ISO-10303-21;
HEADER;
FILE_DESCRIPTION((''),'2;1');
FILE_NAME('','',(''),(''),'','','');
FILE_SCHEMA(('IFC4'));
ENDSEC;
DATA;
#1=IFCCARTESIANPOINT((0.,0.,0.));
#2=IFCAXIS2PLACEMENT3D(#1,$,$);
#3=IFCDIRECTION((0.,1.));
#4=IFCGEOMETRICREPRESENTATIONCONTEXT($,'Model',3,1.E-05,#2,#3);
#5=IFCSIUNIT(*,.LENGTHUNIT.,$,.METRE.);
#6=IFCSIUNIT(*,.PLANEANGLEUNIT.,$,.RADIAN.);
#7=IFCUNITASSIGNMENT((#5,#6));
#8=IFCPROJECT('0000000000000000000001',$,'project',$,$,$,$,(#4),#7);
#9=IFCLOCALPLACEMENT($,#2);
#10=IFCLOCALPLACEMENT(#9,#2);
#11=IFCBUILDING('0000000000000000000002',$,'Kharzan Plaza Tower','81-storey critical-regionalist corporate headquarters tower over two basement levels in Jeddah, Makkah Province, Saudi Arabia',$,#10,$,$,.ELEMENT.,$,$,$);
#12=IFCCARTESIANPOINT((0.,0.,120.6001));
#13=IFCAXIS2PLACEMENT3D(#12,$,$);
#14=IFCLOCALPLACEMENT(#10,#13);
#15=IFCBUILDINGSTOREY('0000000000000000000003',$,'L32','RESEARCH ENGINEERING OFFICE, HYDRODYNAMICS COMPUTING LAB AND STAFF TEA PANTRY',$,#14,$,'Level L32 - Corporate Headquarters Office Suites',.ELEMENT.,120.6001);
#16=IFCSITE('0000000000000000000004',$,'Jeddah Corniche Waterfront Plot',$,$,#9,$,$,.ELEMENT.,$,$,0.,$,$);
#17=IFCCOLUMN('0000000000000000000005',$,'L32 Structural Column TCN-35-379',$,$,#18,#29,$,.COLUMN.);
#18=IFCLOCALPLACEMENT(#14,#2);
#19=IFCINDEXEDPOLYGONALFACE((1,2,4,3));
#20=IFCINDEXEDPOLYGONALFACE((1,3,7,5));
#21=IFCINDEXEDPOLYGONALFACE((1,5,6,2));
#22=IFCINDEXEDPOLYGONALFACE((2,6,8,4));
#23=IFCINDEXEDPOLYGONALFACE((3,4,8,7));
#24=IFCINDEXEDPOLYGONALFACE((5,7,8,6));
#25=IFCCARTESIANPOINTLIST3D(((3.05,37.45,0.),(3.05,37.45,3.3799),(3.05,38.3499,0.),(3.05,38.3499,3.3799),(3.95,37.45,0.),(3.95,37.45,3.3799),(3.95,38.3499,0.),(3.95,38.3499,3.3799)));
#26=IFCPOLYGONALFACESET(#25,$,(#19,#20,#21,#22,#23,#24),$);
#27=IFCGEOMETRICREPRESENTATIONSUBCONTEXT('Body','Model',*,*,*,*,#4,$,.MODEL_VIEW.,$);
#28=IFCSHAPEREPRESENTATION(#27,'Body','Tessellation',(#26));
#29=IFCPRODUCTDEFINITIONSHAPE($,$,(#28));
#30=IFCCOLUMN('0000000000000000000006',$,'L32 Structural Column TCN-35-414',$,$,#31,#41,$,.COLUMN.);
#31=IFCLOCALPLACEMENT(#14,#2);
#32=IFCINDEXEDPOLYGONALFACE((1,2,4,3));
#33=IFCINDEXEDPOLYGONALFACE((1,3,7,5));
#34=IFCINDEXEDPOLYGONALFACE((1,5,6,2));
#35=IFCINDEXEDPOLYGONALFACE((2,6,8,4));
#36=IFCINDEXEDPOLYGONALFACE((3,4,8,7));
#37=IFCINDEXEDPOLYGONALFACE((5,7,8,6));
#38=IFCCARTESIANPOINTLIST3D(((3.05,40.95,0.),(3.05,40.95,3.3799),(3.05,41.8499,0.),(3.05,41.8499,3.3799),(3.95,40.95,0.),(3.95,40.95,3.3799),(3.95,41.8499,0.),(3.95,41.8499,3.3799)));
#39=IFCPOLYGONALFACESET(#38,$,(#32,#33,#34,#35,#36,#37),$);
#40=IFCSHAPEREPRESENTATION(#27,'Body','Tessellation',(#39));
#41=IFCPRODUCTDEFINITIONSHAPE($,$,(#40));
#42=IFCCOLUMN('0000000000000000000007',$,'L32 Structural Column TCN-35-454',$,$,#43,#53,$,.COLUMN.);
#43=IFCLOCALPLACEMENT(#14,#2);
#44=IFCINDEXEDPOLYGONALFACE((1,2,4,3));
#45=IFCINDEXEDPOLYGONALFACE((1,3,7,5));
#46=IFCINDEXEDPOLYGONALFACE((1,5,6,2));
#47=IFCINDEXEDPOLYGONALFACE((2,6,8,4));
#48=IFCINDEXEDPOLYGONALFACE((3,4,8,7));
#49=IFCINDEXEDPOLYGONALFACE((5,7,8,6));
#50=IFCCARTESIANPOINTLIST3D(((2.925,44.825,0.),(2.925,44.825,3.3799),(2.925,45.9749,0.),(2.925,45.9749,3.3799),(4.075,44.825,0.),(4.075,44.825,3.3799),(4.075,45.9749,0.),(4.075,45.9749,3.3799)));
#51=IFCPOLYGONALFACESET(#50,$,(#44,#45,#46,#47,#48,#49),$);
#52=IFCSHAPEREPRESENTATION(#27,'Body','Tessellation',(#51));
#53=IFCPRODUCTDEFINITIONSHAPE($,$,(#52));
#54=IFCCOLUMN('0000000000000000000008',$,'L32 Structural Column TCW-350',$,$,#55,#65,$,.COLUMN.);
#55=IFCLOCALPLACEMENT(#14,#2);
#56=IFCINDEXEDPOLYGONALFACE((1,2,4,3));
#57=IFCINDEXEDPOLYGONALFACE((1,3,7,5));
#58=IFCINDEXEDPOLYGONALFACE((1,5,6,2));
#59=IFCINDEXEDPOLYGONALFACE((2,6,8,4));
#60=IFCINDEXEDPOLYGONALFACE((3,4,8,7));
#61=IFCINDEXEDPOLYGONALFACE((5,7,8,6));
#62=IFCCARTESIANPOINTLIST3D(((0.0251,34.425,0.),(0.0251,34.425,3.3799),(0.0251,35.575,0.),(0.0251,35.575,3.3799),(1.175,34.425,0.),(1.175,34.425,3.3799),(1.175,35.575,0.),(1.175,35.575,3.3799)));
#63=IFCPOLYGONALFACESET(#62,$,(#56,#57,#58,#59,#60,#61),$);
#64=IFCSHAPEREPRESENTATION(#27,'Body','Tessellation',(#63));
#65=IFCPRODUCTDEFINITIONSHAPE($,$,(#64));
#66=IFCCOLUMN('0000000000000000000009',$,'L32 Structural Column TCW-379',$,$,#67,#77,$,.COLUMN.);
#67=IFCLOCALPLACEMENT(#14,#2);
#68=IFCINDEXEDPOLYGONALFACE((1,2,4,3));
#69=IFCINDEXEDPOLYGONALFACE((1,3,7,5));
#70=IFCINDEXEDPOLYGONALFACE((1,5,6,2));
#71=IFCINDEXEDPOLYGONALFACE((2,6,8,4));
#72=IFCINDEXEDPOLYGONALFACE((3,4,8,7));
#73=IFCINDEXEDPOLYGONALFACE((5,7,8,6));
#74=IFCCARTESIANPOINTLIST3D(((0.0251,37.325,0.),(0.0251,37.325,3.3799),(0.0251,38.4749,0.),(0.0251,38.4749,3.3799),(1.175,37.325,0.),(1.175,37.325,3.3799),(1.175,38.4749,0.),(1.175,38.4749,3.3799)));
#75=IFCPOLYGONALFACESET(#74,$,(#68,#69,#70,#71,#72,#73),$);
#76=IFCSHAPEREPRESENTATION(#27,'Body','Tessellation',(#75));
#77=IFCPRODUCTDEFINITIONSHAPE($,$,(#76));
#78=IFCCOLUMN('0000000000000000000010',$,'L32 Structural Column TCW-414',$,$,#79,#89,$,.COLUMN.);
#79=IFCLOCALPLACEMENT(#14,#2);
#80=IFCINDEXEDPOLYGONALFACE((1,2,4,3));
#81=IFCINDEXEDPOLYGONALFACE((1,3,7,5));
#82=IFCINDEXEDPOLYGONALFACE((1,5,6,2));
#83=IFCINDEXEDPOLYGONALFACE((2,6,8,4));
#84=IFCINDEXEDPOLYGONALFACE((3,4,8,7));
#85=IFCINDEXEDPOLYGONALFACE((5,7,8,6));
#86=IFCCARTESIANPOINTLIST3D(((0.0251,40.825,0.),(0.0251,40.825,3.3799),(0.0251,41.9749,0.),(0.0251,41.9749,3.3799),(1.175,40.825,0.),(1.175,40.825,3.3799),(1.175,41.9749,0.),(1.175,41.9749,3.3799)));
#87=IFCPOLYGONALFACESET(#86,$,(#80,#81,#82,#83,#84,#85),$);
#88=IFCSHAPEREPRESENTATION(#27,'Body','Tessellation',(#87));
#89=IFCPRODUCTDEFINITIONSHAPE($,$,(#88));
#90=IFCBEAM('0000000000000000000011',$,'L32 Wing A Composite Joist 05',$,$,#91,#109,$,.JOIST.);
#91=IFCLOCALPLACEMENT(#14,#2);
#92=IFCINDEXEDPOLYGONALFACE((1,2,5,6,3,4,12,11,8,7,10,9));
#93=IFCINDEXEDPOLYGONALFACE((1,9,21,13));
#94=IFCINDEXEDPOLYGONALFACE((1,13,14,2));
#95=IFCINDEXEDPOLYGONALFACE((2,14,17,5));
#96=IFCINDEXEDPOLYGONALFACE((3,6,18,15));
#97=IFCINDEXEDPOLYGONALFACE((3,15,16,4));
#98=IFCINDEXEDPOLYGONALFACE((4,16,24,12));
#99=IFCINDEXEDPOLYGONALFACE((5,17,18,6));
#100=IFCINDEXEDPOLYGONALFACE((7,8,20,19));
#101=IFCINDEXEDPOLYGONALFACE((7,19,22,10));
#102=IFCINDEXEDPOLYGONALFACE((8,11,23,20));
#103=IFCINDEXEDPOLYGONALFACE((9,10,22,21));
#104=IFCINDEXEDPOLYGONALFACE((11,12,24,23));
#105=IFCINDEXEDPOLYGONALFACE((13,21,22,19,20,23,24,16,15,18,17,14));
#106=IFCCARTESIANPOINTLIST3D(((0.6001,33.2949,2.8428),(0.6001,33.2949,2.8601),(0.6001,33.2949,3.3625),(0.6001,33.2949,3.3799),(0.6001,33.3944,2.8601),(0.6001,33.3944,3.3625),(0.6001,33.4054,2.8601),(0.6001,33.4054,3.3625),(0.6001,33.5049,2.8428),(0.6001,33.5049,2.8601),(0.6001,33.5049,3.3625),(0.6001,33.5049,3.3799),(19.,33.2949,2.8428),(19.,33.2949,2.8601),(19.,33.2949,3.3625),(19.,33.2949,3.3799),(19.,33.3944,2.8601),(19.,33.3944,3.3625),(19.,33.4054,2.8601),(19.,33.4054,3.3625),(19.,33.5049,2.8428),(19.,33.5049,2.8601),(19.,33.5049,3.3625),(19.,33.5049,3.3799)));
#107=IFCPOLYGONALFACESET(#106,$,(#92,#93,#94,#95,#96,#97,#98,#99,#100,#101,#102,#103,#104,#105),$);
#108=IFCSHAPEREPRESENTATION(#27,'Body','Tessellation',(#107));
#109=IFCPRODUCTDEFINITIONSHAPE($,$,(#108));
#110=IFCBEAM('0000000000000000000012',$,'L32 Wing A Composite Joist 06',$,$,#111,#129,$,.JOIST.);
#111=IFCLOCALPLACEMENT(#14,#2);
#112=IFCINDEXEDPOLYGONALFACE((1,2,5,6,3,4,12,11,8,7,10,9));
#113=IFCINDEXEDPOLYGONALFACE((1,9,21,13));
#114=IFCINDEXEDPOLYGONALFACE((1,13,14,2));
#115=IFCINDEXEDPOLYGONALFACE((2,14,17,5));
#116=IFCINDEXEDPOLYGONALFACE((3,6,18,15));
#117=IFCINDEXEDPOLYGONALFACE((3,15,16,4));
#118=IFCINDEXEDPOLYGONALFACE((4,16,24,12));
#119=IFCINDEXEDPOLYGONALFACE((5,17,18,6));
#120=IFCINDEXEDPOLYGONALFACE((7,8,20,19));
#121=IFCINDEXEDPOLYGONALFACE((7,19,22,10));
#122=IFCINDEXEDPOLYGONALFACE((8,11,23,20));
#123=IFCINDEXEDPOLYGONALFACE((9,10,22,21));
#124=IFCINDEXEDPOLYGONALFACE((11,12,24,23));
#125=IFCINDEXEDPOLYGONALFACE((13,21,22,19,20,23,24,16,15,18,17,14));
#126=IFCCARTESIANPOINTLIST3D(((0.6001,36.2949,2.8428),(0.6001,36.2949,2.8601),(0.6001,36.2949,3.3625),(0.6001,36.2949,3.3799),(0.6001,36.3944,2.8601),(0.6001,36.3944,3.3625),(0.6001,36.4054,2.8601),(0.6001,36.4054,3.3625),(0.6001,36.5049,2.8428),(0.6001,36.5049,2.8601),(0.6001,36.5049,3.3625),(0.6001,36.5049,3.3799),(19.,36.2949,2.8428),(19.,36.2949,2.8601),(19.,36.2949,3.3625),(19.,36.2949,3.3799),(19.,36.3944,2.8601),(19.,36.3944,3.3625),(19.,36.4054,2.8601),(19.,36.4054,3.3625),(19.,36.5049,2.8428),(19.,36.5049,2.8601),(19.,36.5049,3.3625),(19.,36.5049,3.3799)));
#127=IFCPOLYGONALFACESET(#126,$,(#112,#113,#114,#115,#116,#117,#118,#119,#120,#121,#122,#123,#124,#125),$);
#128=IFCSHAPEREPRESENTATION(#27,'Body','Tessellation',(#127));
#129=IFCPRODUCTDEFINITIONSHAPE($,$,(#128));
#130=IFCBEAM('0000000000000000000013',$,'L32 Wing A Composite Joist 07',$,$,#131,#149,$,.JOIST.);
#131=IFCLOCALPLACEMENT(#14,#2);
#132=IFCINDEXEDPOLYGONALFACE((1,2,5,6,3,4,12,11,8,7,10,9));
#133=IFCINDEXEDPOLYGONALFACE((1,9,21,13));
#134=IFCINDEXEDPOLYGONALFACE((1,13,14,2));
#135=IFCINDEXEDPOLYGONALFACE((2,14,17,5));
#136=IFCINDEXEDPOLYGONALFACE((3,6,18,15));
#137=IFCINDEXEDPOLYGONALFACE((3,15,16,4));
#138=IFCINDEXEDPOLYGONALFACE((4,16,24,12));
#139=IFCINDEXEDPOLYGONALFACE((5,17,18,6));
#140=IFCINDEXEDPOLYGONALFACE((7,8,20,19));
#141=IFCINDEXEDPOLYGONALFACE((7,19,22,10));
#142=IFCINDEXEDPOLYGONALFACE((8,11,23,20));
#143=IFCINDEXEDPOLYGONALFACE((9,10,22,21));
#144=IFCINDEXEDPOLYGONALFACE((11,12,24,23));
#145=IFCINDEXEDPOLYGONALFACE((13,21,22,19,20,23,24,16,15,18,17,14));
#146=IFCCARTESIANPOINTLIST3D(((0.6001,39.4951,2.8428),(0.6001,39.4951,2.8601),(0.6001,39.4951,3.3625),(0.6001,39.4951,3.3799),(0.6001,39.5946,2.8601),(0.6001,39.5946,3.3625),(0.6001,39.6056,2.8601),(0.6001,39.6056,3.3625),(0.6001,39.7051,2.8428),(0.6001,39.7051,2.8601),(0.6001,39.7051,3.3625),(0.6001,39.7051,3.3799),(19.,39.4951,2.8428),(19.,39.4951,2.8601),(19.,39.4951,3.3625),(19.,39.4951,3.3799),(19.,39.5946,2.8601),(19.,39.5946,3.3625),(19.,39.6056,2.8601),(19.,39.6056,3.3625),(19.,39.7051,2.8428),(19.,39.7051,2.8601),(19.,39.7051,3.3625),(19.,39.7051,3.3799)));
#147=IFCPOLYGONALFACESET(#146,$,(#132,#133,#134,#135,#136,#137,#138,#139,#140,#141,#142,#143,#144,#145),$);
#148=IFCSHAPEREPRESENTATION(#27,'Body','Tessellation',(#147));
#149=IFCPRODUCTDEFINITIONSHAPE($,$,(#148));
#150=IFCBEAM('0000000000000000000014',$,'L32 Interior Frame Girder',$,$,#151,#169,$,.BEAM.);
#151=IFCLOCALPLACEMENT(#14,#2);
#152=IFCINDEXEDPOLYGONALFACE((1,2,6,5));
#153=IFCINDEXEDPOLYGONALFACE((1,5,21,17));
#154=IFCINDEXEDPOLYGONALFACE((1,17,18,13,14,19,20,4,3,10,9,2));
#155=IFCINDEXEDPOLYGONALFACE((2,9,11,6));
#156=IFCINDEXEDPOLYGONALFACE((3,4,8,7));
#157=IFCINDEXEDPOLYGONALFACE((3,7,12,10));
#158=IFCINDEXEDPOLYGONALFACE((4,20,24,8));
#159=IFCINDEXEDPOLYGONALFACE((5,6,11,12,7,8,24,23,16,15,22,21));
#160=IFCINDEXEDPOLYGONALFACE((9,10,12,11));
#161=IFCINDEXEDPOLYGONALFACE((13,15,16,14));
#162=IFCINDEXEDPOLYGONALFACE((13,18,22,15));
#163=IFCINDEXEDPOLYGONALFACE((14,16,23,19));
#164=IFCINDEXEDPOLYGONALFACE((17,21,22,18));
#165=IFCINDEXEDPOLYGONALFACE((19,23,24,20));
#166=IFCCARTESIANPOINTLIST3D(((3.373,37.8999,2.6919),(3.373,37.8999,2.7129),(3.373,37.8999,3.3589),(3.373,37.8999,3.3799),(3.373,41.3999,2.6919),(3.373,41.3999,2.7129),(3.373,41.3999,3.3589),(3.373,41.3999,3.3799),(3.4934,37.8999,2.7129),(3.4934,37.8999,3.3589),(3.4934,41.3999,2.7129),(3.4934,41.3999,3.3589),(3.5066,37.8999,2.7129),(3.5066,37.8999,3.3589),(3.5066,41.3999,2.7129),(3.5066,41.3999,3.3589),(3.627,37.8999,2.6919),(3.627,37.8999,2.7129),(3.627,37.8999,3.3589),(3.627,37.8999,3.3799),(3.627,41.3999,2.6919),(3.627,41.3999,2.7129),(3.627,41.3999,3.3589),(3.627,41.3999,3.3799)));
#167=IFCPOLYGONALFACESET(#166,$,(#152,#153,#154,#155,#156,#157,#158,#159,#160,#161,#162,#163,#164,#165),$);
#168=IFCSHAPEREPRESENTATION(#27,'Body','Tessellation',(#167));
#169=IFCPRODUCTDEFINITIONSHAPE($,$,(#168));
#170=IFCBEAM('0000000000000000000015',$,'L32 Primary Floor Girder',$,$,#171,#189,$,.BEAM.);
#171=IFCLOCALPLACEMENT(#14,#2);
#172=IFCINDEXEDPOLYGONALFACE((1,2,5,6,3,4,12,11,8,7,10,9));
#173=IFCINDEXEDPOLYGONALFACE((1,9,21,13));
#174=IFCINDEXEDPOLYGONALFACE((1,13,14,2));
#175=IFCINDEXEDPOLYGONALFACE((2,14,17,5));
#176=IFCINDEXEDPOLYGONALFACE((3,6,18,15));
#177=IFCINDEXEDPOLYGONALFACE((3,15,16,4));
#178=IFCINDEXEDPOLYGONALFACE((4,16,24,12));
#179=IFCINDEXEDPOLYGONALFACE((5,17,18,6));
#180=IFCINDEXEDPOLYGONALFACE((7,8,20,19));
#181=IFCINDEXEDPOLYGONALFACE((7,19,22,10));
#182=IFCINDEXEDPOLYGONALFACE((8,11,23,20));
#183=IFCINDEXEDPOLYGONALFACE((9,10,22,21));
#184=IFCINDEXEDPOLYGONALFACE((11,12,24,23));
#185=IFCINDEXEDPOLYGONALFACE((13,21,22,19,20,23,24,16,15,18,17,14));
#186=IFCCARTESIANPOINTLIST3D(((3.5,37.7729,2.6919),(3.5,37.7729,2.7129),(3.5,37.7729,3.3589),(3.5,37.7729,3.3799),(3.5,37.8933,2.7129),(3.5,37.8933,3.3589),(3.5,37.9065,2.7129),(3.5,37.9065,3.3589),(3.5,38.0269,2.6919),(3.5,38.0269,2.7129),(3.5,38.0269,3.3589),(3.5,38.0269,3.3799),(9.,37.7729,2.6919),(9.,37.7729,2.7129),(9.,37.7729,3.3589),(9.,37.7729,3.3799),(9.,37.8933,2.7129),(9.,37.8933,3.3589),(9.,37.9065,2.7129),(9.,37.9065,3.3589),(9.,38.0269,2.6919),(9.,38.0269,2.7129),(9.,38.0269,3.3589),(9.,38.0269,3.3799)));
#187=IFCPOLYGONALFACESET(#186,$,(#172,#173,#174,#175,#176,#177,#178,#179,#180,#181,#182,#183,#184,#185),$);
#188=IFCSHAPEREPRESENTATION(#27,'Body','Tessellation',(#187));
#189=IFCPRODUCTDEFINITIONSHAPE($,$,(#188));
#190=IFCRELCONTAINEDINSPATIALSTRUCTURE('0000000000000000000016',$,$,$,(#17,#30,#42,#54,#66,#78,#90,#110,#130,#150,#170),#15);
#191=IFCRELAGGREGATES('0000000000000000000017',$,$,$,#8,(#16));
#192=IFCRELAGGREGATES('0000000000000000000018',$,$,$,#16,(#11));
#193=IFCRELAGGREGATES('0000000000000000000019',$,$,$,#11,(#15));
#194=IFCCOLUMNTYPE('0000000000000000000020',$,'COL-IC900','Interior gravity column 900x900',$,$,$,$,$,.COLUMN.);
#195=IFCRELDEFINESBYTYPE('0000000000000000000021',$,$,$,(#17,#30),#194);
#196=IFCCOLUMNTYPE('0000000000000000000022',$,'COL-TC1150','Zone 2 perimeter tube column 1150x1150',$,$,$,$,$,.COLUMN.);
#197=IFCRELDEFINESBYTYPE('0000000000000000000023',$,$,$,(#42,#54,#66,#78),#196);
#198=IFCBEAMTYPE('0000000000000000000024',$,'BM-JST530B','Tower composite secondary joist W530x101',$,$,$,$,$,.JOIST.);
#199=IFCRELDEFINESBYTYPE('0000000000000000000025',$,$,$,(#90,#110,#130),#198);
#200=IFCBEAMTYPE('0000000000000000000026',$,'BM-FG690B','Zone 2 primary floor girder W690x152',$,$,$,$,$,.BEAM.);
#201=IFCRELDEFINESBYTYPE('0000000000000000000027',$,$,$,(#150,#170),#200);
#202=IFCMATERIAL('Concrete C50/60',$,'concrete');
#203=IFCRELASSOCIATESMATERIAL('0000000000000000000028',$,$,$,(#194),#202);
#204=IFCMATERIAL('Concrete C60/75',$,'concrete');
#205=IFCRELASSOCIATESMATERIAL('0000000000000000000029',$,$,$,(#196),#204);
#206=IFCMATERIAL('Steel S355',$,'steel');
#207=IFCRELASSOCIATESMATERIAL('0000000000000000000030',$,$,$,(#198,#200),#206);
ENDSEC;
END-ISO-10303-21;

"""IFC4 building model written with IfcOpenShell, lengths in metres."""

from ifc_helpers import new_model, si_unit, direction, frame, origin, origin_2d, place, context, subcontext, project, spatial, rectangle, i_section, extrude, source, transform, mapped, material, material_profile, profile_set, type_object, element, save


model = new_model("IFC4")

# Units and contexts
model_context = context("Model", 3, precision=1e-05, world=origin(), true_north=direction((0.0, 1.0)))
body_context = subcontext(model_context, "Body", "Model", "MODEL_VIEW")
ifc_project = project(units=[si_unit("LENGTHUNIT", "METRE"), si_unit("PLANEANGLEUNIT", "RADIAN")], contexts=[model_context])

# Site, building, storey
site_placement = place(None, origin())
site = spatial("IfcSite", under=ifc_project, at=site_placement, Name="Jeddah Corniche Waterfront Plot", CompositionType="ELEMENT", RefElevation=0.0)
building_placement = place(site_placement, origin())
building = spatial("IfcBuilding", under=site, at=building_placement, Name="Kharzan Plaza Tower", Description="81-storey critical-regionalist corporate headquarters tower over two basement levels in Jeddah, Makkah Province, Saudi Arabia", CompositionType="ELEMENT")
storey_placement = place(building_placement, frame((0.0, 0.0, 120.6001)))
storey = spatial("IfcBuildingStorey", under=building, at=storey_placement, Name="L32", Description="RESEARCH ENGINEERING OFFICE, HYDRODYNAMICS COMPUTING LAB AND STAFF TEA PANTRY", LongName="Level L32 - Corporate Headquarters Office Suites", CompositionType="ELEMENT", Elevation=120.6001)

# Columns
ifc_material_1 = material(Name="Concrete C50/60", Category="concrete")
ifc_material_profile_1 = material_profile(ifc_material_1, rectangle(XDim=0.8999, YDim=0.8999, at=origin_2d()), Name="RC-IC900x900")
ifc_profile_set_1 = profile_set([ifc_material_profile_1], Name="Concrete C50/60")
column_type_1 = type_object("IfcColumnType", Name="COL-IC900", Description="Interior gravity column 900x900", PredefinedType="COLUMN", material=ifc_profile_set_1)
shared_shape_1 = source(origin(), body_context, "Body", "SweptSolid", [
    extrude(rectangle(XDim=0.8999, YDim=0.8999, at=origin_2d()), origin(), (0.0, 0.0, 1.0), 3.3799),
])
for number, where, z_axis, x_axis, name in (
    (1, (3.5, 37.8999, 0.0), (0.0, 0.0, 1.0), (1.0, 0.0, 0.0), "L32 Structural Column TCN-35-379"),
    (2, (3.5, 41.3999, 0.0), (0.0, 0.0, 1.0), (1.0, 0.0, 0.0), "L32 Structural Column TCN-35-414"),
):
    element("IfcColumn", number, at=place(storey_placement, frame(where, z_axis=z_axis, x_axis=x_axis)), inside=storey, type_object=column_type_1, Name=name, PredefinedType="COLUMN", context=body_context, shape_type="MappedRepresentation", body=[
        mapped(shared_shape_1, transform((0.0, 0.0, 0.0), x_axis=(1.0, 0.0, 0.0), y_axis=(0.0, 1.0, 0.0), z_axis=(0.0, 0.0, 1.0))),
    ])
ifc_material_2 = material(Name="Concrete C60/75", Category="concrete")
ifc_material_profile_2 = material_profile(ifc_material_2, rectangle(XDim=1.1499, YDim=1.1499, at=origin_2d()), Name="RC-TC1150x1150")
ifc_profile_set_2 = profile_set([ifc_material_profile_2], Name="Concrete C60/75")
column_type_2 = type_object("IfcColumnType", Name="COL-TC1150", Description="Zone 2 perimeter tube column 1150x1150", PredefinedType="COLUMN", material=ifc_profile_set_2)
shared_shape_2 = source(origin(), body_context, "Body", "SweptSolid", [
    extrude(rectangle(XDim=1.1499, YDim=1.1499, at=origin_2d()), origin(), (0.0, 0.0, 1.0), 3.3799),
])
for number, where, z_axis, x_axis, name in (
    (3, (3.5, 45.3999, 0.0), (0.0, 0.0, 1.0), (1.0, 0.0, 0.0), "L32 Structural Column TCN-35-454"),
    (4, (0.6001, 35.0, 0.0), (0.0, 0.0, 1.0), (1.0, 0.0, 0.0), "L32 Structural Column TCW-350"),
    (5, (0.6001, 37.8999, 0.0), (0.0, 0.0, 1.0), (1.0, 0.0, 0.0), "L32 Structural Column TCW-379"),
    (6, (0.6001, 41.3999, 0.0), (0.0, 0.0, 1.0), (1.0, 0.0, 0.0), "L32 Structural Column TCW-414"),
):
    element("IfcColumn", number, at=place(storey_placement, frame(where, z_axis=z_axis, x_axis=x_axis)), inside=storey, type_object=column_type_2, Name=name, PredefinedType="COLUMN", context=body_context, shape_type="MappedRepresentation", body=[
        mapped(shared_shape_2, transform((0.0, 0.0, 0.0), x_axis=(1.0, 0.0, 0.0), y_axis=(0.0, 1.0, 0.0), z_axis=(0.0, 0.0, 1.0))),
    ])

# Beams
ifc_material_3 = material(Name="Steel S355", Category="steel")
ifc_material_profile_3 = material_profile(ifc_material_3, i_section(OverallWidth=0.21, OverallDepth=0.5371, WebThickness=0.011, FlangeThickness=0.0173, at=origin_2d()), Name="W530x101")
ifc_profile_set_3 = profile_set([ifc_material_profile_3], Name="Steel S355")
beam_type_1 = type_object("IfcBeamType", Name="BM-JST530B", Description="Tower composite secondary joist W530x101", PredefinedType="JOIST", material=ifc_profile_set_3)
shared_shape_3 = source(origin(), body_context, "Body", "SweptSolid", [
    extrude(i_section(OverallWidth=0.21, OverallDepth=0.5371, WebThickness=0.011, FlangeThickness=0.0173, at=origin_2d()), origin(), (0.0, 0.0, 1.0), 18.3999),
])
for number, where, z_axis, x_axis, name in (
    (7, (0.6001, 33.3999, 3.1113), (1.0, 0.0, 0.0), (0.0, 1.0, 0.0), "L32 Wing A Composite Joist 05"),
    (8, (0.6001, 36.3999, 3.1113), (1.0, 0.0, 0.0), (0.0, 1.0, 0.0), "L32 Wing A Composite Joist 06"),
    (9, (0.6001, 39.6001, 3.1113), (1.0, 0.0, 0.0), (0.0, 1.0, 0.0), "L32 Wing A Composite Joist 07"),
):
    element("IfcBeam", number, at=place(storey_placement, frame(where, z_axis=z_axis, x_axis=x_axis)), inside=storey, type_object=beam_type_1, Name=name, PredefinedType="JOIST", context=body_context, shape_type="MappedRepresentation", body=[
        mapped(shared_shape_3, transform((0.0, 0.0, 0.0), x_axis=(1.0, 0.0, 0.0), y_axis=(0.0, 1.0, 0.0), z_axis=(0.0, 0.0, 1.0))),
    ])
ifc_material_profile_4 = material_profile(ifc_material_3, i_section(OverallWidth=0.2539, OverallDepth=0.688, WebThickness=0.0132, FlangeThickness=0.021, at=origin_2d()), Name="W690x152")
ifc_profile_set_4 = profile_set([ifc_material_profile_4], Name="Steel S355")
beam_type_2 = type_object("IfcBeamType", Name="BM-FG690B", Description="Zone 2 primary floor girder W690x152", PredefinedType="BEAM", material=ifc_profile_set_4)
shared_shape_4 = source(origin(), body_context, "Body", "SweptSolid", [
    extrude(i_section(OverallWidth=0.2539, OverallDepth=0.688, WebThickness=0.0132, FlangeThickness=0.021, at=origin_2d()), origin(), (0.0, 0.0, 1.0), 3.5),
])
beam_1_placement = place(storey_placement, frame((3.5, 37.8999, 3.0359), z_axis=(0.0, 1.0, 0.0), x_axis=(-1.0, 0.0, 0.0)))
element("IfcBeam", 10, at=beam_1_placement, inside=storey, type_object=beam_type_2, Name="L32 Interior Frame Girder", PredefinedType="BEAM", context=body_context, shape_type="MappedRepresentation", body=[
    mapped(shared_shape_4, transform((0.0, 0.0, 0.0), x_axis=(1.0, 0.0, 0.0), y_axis=(0.0, 1.0, 0.0), z_axis=(0.0, 0.0, 1.0))),
])
shared_shape_5 = source(origin(), body_context, "Body", "SweptSolid", [
    extrude(i_section(OverallWidth=0.2539, OverallDepth=0.688, WebThickness=0.0132, FlangeThickness=0.021, at=origin_2d()), origin(), (0.0, 0.0, 1.0), 5.5),
])
for number, where, z_axis, x_axis, name in (
    (11, (3.5, 37.8999, 3.0359), (1.0, 0.0, 0.0), (0.0, 1.0, 0.0), "L32 Primary Floor Girder"),
):
    element("IfcBeam", number, at=place(storey_placement, frame(where, z_axis=z_axis, x_axis=x_axis)), inside=storey, type_object=beam_type_2, Name=name, PredefinedType="BEAM", context=body_context, shape_type="MappedRepresentation", body=[
        mapped(shared_shape_5, transform((0.0, 0.0, 0.0), x_axis=(1.0, 0.0, 0.0), y_axis=(0.0, 1.0, 0.0), z_axis=(0.0, 0.0, 1.0))),
    ])

save(model, "model.ifc")
